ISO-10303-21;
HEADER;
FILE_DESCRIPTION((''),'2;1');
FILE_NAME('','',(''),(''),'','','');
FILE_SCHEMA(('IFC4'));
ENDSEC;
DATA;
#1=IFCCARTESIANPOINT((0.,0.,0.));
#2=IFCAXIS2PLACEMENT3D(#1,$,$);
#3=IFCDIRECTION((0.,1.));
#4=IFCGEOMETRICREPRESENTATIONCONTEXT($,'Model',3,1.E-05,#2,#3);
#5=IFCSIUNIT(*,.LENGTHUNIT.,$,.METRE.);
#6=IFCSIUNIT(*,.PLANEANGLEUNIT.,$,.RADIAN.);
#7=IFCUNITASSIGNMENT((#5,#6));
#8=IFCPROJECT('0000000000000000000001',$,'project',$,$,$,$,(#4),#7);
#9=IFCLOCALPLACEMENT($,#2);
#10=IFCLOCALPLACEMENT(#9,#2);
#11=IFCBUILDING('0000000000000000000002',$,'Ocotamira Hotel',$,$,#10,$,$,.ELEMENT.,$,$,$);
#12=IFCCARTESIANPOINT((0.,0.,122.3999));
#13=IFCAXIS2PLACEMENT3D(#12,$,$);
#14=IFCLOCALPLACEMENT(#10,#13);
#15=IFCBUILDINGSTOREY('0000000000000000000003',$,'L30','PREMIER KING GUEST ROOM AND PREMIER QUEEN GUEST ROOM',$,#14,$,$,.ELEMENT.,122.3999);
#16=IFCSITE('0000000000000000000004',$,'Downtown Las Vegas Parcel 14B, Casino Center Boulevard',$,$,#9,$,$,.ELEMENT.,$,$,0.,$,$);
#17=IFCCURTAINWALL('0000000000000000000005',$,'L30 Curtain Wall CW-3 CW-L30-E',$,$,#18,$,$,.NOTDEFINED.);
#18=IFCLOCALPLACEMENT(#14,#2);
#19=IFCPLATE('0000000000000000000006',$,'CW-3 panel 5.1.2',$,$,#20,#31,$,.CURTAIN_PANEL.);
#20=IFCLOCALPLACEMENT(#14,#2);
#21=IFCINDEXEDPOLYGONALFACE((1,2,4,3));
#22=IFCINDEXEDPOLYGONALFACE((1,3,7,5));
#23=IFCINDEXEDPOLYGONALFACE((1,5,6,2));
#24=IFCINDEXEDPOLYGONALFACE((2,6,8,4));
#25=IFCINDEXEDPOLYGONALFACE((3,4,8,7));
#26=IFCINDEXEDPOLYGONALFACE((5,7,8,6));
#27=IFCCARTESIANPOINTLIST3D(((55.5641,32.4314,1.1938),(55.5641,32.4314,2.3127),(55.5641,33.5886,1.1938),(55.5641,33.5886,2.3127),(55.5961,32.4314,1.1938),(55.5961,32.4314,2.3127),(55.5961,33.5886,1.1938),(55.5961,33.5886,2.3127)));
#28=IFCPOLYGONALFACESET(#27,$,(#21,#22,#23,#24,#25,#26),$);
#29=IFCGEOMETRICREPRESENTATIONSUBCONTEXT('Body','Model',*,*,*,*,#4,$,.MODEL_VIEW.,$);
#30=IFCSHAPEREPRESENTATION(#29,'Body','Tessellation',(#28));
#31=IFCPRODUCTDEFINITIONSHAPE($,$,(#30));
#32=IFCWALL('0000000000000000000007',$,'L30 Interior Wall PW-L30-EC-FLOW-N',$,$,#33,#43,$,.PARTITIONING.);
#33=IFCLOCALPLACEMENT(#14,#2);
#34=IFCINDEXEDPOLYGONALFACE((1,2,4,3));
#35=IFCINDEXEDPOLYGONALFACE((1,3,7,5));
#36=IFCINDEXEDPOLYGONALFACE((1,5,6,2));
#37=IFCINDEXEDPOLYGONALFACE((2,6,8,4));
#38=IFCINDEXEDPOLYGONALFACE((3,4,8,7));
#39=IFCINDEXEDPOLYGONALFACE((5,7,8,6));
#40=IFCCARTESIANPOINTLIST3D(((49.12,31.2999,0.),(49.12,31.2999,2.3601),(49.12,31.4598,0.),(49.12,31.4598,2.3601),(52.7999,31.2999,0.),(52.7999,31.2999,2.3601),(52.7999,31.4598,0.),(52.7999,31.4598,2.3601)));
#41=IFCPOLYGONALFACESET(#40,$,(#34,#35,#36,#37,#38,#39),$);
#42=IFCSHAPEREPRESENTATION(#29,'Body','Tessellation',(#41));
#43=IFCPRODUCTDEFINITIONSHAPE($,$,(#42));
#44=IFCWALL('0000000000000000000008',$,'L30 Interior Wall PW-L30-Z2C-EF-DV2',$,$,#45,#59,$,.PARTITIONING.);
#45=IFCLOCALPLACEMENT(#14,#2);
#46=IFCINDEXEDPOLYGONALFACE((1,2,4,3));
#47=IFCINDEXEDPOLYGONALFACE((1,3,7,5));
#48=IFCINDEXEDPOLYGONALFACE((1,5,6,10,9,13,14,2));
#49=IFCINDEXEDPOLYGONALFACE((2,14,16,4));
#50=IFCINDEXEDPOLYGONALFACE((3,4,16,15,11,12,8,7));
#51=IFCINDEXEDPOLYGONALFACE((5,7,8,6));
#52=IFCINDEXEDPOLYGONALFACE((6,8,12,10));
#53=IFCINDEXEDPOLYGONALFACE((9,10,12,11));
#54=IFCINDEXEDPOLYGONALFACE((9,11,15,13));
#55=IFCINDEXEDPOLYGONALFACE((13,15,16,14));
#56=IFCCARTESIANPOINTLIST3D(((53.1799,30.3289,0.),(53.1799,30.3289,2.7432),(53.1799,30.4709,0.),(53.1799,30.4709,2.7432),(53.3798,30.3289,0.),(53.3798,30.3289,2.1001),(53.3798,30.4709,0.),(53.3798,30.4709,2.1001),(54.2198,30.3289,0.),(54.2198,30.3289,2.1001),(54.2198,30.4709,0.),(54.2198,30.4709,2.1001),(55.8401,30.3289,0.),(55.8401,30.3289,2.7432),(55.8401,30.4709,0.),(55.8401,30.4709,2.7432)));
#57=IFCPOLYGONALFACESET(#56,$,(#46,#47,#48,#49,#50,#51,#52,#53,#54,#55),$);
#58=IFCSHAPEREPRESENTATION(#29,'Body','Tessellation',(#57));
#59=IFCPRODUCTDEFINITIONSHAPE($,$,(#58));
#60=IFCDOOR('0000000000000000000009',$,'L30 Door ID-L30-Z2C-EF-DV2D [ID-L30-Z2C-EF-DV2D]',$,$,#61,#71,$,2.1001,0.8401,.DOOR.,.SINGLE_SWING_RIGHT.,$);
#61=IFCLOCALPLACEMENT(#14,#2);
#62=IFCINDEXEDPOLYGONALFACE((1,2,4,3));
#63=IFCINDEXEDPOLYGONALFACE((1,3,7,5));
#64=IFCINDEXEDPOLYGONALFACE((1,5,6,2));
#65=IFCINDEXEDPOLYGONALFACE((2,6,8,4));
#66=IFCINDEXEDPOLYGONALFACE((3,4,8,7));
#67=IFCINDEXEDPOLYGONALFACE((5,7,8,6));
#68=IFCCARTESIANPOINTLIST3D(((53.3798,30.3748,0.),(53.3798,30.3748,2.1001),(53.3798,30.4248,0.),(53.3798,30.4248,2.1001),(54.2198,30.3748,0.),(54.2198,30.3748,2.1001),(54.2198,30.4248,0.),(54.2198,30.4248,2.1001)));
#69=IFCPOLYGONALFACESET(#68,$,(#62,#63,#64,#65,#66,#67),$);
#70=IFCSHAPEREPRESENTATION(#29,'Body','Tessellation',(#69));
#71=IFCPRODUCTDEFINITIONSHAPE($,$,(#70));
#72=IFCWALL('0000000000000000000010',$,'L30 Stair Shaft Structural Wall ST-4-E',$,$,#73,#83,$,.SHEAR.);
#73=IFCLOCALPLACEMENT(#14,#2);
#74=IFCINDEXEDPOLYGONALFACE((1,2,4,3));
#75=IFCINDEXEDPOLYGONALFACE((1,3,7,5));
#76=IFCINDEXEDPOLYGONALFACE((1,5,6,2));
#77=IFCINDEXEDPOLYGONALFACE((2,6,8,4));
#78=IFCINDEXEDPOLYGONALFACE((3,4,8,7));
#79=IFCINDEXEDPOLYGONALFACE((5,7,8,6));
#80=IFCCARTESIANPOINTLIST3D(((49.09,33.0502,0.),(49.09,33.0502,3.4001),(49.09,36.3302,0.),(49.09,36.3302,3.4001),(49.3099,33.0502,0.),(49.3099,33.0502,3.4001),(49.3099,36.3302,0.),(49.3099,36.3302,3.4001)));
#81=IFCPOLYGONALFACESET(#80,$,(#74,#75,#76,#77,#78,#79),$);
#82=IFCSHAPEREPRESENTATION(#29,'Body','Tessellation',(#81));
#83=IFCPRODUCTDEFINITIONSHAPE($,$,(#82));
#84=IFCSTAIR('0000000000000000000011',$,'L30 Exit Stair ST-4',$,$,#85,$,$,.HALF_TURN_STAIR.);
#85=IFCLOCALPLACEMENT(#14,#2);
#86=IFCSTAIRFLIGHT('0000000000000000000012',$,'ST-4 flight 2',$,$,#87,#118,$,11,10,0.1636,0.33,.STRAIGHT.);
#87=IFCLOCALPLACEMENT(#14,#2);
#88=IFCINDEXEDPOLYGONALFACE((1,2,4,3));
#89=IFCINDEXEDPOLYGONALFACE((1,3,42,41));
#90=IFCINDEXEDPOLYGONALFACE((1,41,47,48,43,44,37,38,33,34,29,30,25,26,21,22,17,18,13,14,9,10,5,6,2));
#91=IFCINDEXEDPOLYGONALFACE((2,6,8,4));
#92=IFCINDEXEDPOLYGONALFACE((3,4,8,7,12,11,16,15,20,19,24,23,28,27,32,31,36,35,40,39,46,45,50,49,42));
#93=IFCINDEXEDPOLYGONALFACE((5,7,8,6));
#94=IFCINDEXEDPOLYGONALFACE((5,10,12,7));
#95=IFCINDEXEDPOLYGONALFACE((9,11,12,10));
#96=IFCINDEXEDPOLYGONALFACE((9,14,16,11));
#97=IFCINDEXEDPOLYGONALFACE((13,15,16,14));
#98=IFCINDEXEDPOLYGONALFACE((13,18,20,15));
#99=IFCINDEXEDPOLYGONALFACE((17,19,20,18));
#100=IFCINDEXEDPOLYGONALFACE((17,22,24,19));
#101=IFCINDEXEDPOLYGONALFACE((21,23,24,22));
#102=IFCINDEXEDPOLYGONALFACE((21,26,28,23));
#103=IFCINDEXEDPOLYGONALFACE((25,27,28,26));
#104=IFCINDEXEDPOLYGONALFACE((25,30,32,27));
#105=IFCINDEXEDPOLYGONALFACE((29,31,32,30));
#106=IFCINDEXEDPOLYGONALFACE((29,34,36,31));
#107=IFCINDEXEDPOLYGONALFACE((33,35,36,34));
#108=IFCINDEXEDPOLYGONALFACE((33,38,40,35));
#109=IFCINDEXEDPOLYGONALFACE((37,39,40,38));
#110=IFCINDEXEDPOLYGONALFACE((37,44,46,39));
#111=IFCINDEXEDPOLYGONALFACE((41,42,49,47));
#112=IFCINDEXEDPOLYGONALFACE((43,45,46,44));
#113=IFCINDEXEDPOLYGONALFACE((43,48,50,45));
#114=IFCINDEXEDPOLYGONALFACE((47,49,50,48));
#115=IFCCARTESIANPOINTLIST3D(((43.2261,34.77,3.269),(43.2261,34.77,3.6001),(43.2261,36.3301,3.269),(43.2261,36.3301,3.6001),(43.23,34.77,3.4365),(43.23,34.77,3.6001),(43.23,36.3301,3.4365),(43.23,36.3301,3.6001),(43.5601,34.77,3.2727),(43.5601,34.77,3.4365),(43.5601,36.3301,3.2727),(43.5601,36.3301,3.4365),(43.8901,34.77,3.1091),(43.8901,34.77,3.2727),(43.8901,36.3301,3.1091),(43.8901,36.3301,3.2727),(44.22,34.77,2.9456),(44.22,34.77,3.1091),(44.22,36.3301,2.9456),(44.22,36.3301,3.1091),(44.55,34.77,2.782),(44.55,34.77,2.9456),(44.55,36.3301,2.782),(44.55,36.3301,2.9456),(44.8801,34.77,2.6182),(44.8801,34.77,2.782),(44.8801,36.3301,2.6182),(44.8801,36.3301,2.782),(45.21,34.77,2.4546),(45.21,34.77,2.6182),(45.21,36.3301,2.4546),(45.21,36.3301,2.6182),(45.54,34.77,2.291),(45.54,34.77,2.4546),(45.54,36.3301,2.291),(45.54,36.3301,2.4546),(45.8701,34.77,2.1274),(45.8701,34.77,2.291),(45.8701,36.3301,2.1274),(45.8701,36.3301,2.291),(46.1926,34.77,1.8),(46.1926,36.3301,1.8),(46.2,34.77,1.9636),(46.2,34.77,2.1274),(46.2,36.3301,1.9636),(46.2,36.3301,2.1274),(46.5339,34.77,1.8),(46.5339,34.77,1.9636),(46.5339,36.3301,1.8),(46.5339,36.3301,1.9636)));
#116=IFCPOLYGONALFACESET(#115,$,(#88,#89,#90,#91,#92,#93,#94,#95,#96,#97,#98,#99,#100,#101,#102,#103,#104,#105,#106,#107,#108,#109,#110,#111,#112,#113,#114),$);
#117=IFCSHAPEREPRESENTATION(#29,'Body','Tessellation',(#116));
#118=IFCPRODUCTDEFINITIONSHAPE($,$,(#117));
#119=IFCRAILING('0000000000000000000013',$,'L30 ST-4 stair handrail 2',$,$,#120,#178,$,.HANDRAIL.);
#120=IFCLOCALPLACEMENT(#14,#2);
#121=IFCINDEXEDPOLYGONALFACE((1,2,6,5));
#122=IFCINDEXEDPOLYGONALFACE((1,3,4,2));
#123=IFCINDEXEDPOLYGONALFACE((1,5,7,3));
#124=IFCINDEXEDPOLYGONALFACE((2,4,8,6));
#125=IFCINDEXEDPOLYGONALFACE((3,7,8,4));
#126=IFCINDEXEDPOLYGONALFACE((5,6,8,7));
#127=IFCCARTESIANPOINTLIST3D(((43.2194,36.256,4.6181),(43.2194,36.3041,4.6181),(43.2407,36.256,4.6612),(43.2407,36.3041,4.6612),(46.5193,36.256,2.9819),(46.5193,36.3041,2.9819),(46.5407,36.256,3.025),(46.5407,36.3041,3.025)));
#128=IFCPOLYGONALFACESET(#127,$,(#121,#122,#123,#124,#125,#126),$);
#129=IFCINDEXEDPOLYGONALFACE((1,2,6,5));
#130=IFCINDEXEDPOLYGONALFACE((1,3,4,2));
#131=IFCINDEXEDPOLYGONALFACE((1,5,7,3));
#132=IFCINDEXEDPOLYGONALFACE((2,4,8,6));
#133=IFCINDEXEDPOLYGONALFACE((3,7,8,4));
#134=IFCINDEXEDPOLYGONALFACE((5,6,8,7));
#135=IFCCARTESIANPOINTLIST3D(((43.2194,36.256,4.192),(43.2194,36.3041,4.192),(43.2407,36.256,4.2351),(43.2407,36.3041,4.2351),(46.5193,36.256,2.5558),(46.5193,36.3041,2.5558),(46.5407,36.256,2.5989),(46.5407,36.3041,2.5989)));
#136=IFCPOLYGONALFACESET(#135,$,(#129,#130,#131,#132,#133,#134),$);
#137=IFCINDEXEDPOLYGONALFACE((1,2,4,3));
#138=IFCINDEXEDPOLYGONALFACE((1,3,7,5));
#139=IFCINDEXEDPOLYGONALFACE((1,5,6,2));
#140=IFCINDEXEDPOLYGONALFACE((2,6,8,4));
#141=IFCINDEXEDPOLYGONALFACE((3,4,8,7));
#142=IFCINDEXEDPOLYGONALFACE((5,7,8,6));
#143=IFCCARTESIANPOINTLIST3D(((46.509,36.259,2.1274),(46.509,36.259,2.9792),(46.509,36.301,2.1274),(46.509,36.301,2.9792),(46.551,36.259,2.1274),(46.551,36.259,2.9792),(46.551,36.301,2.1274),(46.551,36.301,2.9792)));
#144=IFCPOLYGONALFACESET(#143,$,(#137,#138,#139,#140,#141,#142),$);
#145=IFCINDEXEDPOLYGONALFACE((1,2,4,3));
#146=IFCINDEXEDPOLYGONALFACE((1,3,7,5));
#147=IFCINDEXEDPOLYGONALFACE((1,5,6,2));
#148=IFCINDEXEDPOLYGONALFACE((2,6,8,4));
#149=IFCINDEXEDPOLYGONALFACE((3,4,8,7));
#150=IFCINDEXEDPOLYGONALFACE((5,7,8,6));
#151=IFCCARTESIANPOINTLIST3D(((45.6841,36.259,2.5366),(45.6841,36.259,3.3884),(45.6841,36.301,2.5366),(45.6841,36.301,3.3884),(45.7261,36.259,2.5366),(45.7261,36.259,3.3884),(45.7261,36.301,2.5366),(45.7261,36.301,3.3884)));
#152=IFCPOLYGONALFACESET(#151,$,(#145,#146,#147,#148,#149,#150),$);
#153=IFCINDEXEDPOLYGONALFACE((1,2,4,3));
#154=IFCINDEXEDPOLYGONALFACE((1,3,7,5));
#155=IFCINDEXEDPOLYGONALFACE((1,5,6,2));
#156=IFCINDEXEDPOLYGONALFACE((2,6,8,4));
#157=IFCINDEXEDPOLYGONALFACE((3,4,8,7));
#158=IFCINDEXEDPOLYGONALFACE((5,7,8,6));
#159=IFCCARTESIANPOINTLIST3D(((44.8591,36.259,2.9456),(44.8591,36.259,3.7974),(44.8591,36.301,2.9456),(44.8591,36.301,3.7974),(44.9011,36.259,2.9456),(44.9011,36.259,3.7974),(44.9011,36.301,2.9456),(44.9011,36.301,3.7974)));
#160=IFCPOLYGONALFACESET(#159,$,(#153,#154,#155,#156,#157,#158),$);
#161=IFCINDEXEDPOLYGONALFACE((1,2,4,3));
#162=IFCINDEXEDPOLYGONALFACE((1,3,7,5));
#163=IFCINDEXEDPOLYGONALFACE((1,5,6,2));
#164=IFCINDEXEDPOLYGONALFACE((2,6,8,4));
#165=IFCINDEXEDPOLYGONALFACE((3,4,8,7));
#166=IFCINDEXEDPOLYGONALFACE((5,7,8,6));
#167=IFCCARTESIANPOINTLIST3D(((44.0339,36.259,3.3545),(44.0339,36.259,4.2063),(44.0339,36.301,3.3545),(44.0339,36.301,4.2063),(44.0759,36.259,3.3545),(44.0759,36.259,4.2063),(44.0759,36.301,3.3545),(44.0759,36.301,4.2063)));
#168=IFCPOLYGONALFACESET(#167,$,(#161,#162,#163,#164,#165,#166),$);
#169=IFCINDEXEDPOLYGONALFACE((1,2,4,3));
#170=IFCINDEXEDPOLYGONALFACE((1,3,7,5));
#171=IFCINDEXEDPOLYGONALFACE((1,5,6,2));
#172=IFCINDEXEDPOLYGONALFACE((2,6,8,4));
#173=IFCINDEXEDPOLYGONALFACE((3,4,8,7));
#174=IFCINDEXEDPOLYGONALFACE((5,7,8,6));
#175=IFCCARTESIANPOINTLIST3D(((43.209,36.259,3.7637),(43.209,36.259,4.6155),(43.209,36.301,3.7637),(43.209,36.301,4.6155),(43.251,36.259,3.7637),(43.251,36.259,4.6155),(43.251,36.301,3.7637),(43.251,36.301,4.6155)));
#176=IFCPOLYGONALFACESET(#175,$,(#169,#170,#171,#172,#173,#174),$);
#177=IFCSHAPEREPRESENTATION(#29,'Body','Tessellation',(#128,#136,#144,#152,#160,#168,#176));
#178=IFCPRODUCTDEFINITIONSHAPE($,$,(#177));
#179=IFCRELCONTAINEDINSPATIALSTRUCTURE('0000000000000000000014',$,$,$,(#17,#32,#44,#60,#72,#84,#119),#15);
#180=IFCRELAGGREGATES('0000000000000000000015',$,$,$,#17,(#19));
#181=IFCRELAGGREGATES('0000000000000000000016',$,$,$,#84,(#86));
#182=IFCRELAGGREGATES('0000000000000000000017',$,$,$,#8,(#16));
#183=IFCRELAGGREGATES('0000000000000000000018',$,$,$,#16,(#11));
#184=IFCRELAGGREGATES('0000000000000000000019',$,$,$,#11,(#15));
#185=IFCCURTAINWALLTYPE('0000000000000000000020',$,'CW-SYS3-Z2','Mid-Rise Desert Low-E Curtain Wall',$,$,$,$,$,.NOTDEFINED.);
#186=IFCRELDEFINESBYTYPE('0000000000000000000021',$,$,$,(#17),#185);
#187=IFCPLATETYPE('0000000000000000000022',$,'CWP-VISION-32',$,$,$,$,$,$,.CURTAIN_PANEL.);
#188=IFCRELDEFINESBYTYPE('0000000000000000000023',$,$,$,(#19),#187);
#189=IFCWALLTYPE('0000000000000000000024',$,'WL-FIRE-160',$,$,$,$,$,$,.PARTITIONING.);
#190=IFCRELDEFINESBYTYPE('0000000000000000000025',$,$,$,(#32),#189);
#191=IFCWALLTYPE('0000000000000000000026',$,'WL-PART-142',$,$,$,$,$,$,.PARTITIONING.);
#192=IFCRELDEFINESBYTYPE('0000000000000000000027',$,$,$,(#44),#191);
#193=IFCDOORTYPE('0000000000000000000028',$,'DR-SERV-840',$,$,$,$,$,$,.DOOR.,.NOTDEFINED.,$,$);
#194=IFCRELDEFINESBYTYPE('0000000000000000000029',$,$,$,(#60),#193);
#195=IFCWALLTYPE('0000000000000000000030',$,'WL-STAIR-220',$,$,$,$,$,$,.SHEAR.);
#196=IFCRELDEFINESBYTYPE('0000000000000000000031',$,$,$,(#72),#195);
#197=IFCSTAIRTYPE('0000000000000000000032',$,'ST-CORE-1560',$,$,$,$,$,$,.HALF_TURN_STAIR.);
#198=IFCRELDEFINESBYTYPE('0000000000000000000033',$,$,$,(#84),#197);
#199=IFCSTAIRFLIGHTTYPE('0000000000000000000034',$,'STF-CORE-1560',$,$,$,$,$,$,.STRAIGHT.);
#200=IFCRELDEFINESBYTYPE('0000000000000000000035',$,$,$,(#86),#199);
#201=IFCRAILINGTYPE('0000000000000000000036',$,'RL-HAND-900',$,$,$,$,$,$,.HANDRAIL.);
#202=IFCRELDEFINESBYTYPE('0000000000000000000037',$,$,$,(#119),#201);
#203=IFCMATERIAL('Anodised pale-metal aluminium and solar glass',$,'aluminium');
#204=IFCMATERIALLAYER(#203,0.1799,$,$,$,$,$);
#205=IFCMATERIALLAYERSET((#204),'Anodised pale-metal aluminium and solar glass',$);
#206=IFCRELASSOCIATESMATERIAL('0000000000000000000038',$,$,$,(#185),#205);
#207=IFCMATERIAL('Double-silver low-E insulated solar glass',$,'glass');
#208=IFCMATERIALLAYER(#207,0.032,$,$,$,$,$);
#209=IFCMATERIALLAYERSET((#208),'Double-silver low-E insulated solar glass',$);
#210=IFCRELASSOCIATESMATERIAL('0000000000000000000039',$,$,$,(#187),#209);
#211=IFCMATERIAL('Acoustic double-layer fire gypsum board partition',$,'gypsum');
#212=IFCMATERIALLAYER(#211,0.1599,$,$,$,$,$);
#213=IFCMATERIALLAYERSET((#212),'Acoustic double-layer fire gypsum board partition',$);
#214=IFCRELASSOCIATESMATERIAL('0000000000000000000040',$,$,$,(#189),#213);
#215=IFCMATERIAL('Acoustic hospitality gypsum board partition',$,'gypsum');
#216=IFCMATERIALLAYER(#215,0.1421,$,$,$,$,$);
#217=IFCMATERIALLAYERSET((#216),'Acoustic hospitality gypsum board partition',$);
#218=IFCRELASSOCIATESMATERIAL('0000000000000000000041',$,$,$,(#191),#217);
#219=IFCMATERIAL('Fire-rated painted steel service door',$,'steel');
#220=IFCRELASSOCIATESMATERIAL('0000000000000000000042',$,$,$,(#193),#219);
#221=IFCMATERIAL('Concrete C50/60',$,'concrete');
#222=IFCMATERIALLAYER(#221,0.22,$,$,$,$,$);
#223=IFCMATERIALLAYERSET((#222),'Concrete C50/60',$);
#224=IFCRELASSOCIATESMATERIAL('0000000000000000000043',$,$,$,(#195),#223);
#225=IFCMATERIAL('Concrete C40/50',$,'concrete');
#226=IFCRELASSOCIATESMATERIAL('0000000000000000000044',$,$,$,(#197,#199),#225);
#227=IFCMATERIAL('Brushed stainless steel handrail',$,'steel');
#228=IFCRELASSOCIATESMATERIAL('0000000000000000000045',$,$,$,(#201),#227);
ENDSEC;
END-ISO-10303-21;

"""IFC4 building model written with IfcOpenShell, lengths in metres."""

from ifc_helpers import new_model, si_unit, direction, frame, frame_2d, origin, origin_2d, place, context, subcontext, project, spatial, polyline, rectangle, outline, extrude, source, transform, mapped, material, layer, layer_set, type_object, element, fill, aggregate, save


model = new_model("IFC4")

# Units and contexts
model_context = context("Model", 3, precision=1e-05, world=origin(), true_north=direction((0.0, 1.0)))
body_context = subcontext(model_context, "Body", "Model", "MODEL_VIEW")
ifc_project = project(units=[si_unit("LENGTHUNIT", "METRE"), si_unit("PLANEANGLEUNIT", "RADIAN")], contexts=[model_context])

# Site, building, storey
site_placement = place(None, origin())
site = spatial("IfcSite", under=ifc_project, at=site_placement, Name="Downtown Las Vegas Parcel 14B, Casino Center Boulevard", CompositionType="ELEMENT", RefElevation=0.0)
building_placement = place(site_placement, origin())
building = spatial("IfcBuilding", under=site, at=building_placement, Name="Ocotamira Hotel", CompositionType="ELEMENT")
storey_placement = place(building_placement, frame((0.0, 0.0, 122.3999)))
storey = spatial("IfcBuildingStorey", under=building, at=storey_placement, Name="L30", Description="PREMIER KING GUEST ROOM AND PREMIER QUEEN GUEST ROOM", CompositionType="ELEMENT", Elevation=122.3999)

# Curtain wall
ifc_material_1 = material(Name="Anodised pale-metal aluminium and solar glass", Category="aluminium")
ifc_layer_1 = layer(ifc_material_1, 0.1799)
ifc_layer_set_1 = layer_set([ifc_layer_1], Name="Anodised pale-metal aluminium and solar glass")
curtain_wall_type = type_object("IfcCurtainWallType", Name="CW-SYS3-Z2", Description="Mid-Rise Desert Low-E Curtain Wall", PredefinedType="NOTDEFINED", material=ifc_layer_set_1)
curtain_wall_placement = place(storey_placement, origin())
curtain_wall = element("IfcCurtainWall", 1, at=curtain_wall_placement, inside=storey, type_object=curtain_wall_type, Name="L30 Curtain Wall CW-3 CW-L30-E", PredefinedType="NOTDEFINED")

# Plate
ifc_material_2 = material(Name="Double-silver low-E insulated solar glass", Category="glass")
ifc_layer_2 = layer(ifc_material_2, 0.032)
ifc_layer_set_2 = layer_set([ifc_layer_2], Name="Double-silver low-E insulated solar glass")
plate_type_1 = type_object("IfcPlateType", Name="CWP-VISION-32", PredefinedType="CURTAIN_PANEL", material=ifc_layer_set_2)
shared_shape_1 = source(origin(), body_context, "Body", "SweptSolid", [
    extrude(rectangle(XDim=1.1572, YDim=0.032, at=origin_2d()), origin(), (0.0, 0.0, 1.0), 1.1189),
])
plate_1_placement = place(storey_placement, frame((55.5801, 33.01, 1.1938), z_axis=(0.0, 0.0, 1.0), x_axis=(0.0, 1.0, 0.0)))
plate_1 = element("IfcPlate", 2, at=plate_1_placement, type_object=plate_type_1, Name="CW-3 panel 5.1.2", PredefinedType="CURTAIN_PANEL", context=body_context, shape_type="MappedRepresentation", body=[
    mapped(shared_shape_1, transform((0.0, 0.0, 0.0), scale=1.0)),
])
aggregate(curtain_wall, [plate_1])

# Wall
ifc_material_3 = material(Name="Acoustic double-layer fire gypsum board partition", Category="gypsum")
ifc_layer_3 = layer(ifc_material_3, 0.1599)
ifc_layer_set_3 = layer_set([ifc_layer_3], Name="Acoustic double-layer fire gypsum board partition")
wall_type_1 = type_object("IfcWallType", Name="WL-FIRE-160", PredefinedType="PARTITIONING", material=ifc_layer_set_3)
wall_1_placement = place(storey_placement, frame((49.1201, 31.3799, 0.0), z_axis=(0.0, 0.0, 1.0), x_axis=(1.0, 0.0, 0.0)))
element("IfcWall", 3, at=wall_1_placement, inside=storey, type_object=wall_type_1, Name="L30 Interior Wall PW-L30-EC-FLOW-N", PredefinedType="PARTITIONING", context=body_context, shape_type="SweptSolid", body=[
    extrude(rectangle(XDim=3.6799, YDim=0.1599, at=frame_2d((1.8398, 0.0))), origin(), (0.0, 0.0, 1.0), 2.3601),
])

# Wall, opening, door
ifc_material_4 = material(Name="Acoustic hospitality gypsum board partition", Category="gypsum")
ifc_layer_4 = layer(ifc_material_4, 0.1421)
ifc_layer_set_4 = layer_set([ifc_layer_4], Name="Acoustic hospitality gypsum board partition")
wall_type_2 = type_object("IfcWallType", Name="WL-PART-142", PredefinedType="PARTITIONING", material=ifc_layer_set_4)
wall_2_placement = place(storey_placement, frame((53.1799, 30.3999, 0.0), z_axis=(0.0, 0.0, 1.0), x_axis=(1.0, 0.0, 0.0)))
wall_2 = element("IfcWall", 4, at=wall_2_placement, inside=storey, type_object=wall_type_2, Name="L30 Interior Wall PW-L30-Z2C-EF-DV2", PredefinedType="PARTITIONING", context=body_context, shape_type="SweptSolid", body=[
    extrude(rectangle(XDim=2.6602, YDim=0.1421, at=frame_2d((1.3301, 0.0))), origin(), (0.0, 0.0, 1.0), 2.7432),
])
opening_1_placement = place(wall_2_placement, frame((0.2, 0.0, 0.0)))
opening_1 = element("IfcOpeningElement", 5, at=opening_1_placement, cuts=wall_2, PredefinedType="OPENING", context=body_context, shape_type="SweptSolid", body=[
    extrude(rectangle(XDim=0.8401, YDim=2.1001, at=frame_2d((0.4199, 1.05))), frame((0.0, 0.0811, 0.0), z_axis=(0.0, -1.0, 0.0), x_axis=(1.0, 0.0, 0.0)), (0.0, 0.0, 1.0), 0.1621),
])
ifc_material_5 = material(Name="Fire-rated painted steel service door", Category="steel")
door_type_1 = type_object("IfcDoorType", Name="DR-SERV-840", OperationType="NOTDEFINED", PredefinedType="DOOR", material=ifc_material_5)
shared_shape_2 = source(origin(), body_context, "Body", "SweptSolid", [
    extrude(rectangle(XDim=0.8401, YDim=2.1001, at=frame_2d((0.4199, 1.05))), frame((0.0, 0.0249, 0.0), z_axis=(0.0, -1.0, 0.0), x_axis=(1.0, 0.0, 0.0)), (0.0, 0.0, 1.0), 0.05),
])
door_1_placement = place(opening_1_placement, origin())
door_1 = element("IfcDoor", 6, at=door_1_placement, inside=storey, type_object=door_type_1, Name="L30 Door ID-L30-Z2C-EF-DV2D [ID-L30-Z2C-EF-DV2D]", OperationType="SINGLE_SWING_RIGHT", OverallHeight=2.1001, OverallWidth=0.8401, PredefinedType="DOOR", context=body_context, shape_type="MappedRepresentation", body=[
    mapped(shared_shape_2, transform((0.0, 0.0, 0.0), scale=1.0)),
])
fill(opening_1, door_1)

# Wall
ifc_material_6 = material(Name="Concrete C50/60", Category="concrete")
ifc_layer_5 = layer(ifc_material_6, 0.22)
ifc_layer_set_5 = layer_set([ifc_layer_5], Name="Concrete C50/60")
wall_type_3 = type_object("IfcWallType", Name="WL-STAIR-220", PredefinedType="SHEAR", material=ifc_layer_set_5)
wall_3_placement = place(storey_placement, frame((49.2, 33.05, 0.0), z_axis=(0.0, 0.0, 1.0), x_axis=(0.0, 1.0, 0.0)))
element("IfcWall", 7, at=wall_3_placement, inside=storey, type_object=wall_type_3, Name="L30 Stair Shaft Structural Wall ST-4-E", PredefinedType="SHEAR", context=body_context, shape_type="SweptSolid", body=[
    extrude(rectangle(XDim=3.28, YDim=0.22, at=frame_2d((1.6401, 0.0))), origin(), (0.0, 0.0, 1.0), 3.4001),
])

# Stair, stair flight
ifc_material_7 = material(Name="Concrete C40/50", Category="concrete")
stair_type = type_object("IfcStairType", Name="ST-CORE-1560", PredefinedType="HALF_TURN_STAIR", material=ifc_material_7)
stair_placement = place(storey_placement, origin())
stair = element("IfcStair", 8, at=stair_placement, inside=storey, type_object=stair_type, Name="L30 Exit Stair ST-4", PredefinedType="HALF_TURN_STAIR")
stair_flight_type = type_object("IfcStairFlightType", Name="STF-CORE-1560", PredefinedType="STRAIGHT", material=ifc_material_7)
shared_shape_3 = source(origin(), body_context, "Body", "SweptSolid", [
    extrude(outline(polyline([(-0.0039, 0.0), (-0.0039, 0.1636), (0.3301, 0.1636), (0.3301, 0.3274), (0.6599, 0.3274), (0.6599, 0.491), (0.99, 0.491), (0.99, 0.6545), (1.3201, 0.6545), (1.3201, 0.8181), (1.6499, 0.8181), (1.6499, 0.9819), (1.98, 0.9819), (1.98, 1.1455), (2.3101, 1.1455), (2.3101, 1.3091), (2.6399, 1.3091), (2.6399, 1.4727), (2.97, 1.4727), (2.97, 1.6365), (3.3, 1.6365), (3.3, 1.8), (3.304, 1.8), (3.304, 1.469), (0.3374, 0.0), (-0.0039, 0.0)])), frame((0.0, 0.78, 0.0), z_axis=(0.0, -1.0, 0.0), x_axis=(1.0, 0.0, 0.0)), (0.0, 0.0, 1.0), 1.5601),
])
stair_flight_placement = place(storey_placement, frame((46.53, 35.55, 1.8), z_axis=(0.0, 0.0, 1.0), x_axis=(-1.0, 0.0, 0.0)))
stair_flight = element("IfcStairFlight", 9, at=stair_flight_placement, type_object=stair_flight_type, Name="ST-4 flight 2", NumberOfRisers=11, NumberOfTreads=10, PredefinedType="STRAIGHT", RiserHeight=0.1636, TreadLength=0.33, context=body_context, shape_type="MappedRepresentation", body=[
    mapped(shared_shape_3, transform((0.0, 0.0, 0.0), scale=1.0)),
])
aggregate(stair, [stair_flight])

# Railing
ifc_material_8 = material(Name="Brushed stainless steel handrail", Category="steel")
railing_type_1 = type_object("IfcRailingType", Name="RL-HAND-900", PredefinedType="HANDRAIL", material=ifc_material_8)
railing_1_placement = place(storey_placement, frame((46.53, 36.28, 2.1274)))
element("IfcRailing", 10, at=railing_1_placement, inside=storey, type_object=railing_type_1, Name="L30 ST-4 stair handrail 2", PredefinedType="HANDRAIL", context=body_context, shape_type="SweptSolid", body=[
    extrude(rectangle(XDim=0.0481, YDim=0.0481, at=origin_2d()), frame((0.0, 0.0, 0.876), z_axis=(-0.89592, 0.0, 0.444215), x_axis=(0.0, -1.0, 0.0)), (0.0, 0.0, 1.0), 3.6833),
    extrude(rectangle(XDim=0.0481, YDim=0.0481, at=origin_2d()), frame((0.0, 0.0, 0.45), z_axis=(-0.89592, 0.0, 0.444215), x_axis=(0.0, -1.0, 0.0)), (0.0, 0.0, 1.0), 3.6833),
    extrude(rectangle(XDim=0.042, YDim=0.042, at=origin_2d()), origin(), (0.0, 0.0, 1.0), 0.8518),
    extrude(rectangle(XDim=0.042, YDim=0.042, at=origin_2d()), frame((-0.825, 0.0, 0.4092)), (0.0, 0.0, 1.0), 0.8518),
    extrude(rectangle(XDim=0.042, YDim=0.042, at=origin_2d()), frame((-1.6499, 0.0, 0.8181)), (0.0, 0.0, 1.0), 0.8518),
    extrude(rectangle(XDim=0.042, YDim=0.042, at=origin_2d()), frame((-2.4751, 0.0, 1.2271)), (0.0, 0.0, 1.0), 0.8518),
    extrude(rectangle(XDim=0.042, YDim=0.042, at=origin_2d()), frame((-3.3, 0.0, 1.6362)), (0.0, 0.0, 1.0), 0.8518),
])

save(model, "model.ifc")
